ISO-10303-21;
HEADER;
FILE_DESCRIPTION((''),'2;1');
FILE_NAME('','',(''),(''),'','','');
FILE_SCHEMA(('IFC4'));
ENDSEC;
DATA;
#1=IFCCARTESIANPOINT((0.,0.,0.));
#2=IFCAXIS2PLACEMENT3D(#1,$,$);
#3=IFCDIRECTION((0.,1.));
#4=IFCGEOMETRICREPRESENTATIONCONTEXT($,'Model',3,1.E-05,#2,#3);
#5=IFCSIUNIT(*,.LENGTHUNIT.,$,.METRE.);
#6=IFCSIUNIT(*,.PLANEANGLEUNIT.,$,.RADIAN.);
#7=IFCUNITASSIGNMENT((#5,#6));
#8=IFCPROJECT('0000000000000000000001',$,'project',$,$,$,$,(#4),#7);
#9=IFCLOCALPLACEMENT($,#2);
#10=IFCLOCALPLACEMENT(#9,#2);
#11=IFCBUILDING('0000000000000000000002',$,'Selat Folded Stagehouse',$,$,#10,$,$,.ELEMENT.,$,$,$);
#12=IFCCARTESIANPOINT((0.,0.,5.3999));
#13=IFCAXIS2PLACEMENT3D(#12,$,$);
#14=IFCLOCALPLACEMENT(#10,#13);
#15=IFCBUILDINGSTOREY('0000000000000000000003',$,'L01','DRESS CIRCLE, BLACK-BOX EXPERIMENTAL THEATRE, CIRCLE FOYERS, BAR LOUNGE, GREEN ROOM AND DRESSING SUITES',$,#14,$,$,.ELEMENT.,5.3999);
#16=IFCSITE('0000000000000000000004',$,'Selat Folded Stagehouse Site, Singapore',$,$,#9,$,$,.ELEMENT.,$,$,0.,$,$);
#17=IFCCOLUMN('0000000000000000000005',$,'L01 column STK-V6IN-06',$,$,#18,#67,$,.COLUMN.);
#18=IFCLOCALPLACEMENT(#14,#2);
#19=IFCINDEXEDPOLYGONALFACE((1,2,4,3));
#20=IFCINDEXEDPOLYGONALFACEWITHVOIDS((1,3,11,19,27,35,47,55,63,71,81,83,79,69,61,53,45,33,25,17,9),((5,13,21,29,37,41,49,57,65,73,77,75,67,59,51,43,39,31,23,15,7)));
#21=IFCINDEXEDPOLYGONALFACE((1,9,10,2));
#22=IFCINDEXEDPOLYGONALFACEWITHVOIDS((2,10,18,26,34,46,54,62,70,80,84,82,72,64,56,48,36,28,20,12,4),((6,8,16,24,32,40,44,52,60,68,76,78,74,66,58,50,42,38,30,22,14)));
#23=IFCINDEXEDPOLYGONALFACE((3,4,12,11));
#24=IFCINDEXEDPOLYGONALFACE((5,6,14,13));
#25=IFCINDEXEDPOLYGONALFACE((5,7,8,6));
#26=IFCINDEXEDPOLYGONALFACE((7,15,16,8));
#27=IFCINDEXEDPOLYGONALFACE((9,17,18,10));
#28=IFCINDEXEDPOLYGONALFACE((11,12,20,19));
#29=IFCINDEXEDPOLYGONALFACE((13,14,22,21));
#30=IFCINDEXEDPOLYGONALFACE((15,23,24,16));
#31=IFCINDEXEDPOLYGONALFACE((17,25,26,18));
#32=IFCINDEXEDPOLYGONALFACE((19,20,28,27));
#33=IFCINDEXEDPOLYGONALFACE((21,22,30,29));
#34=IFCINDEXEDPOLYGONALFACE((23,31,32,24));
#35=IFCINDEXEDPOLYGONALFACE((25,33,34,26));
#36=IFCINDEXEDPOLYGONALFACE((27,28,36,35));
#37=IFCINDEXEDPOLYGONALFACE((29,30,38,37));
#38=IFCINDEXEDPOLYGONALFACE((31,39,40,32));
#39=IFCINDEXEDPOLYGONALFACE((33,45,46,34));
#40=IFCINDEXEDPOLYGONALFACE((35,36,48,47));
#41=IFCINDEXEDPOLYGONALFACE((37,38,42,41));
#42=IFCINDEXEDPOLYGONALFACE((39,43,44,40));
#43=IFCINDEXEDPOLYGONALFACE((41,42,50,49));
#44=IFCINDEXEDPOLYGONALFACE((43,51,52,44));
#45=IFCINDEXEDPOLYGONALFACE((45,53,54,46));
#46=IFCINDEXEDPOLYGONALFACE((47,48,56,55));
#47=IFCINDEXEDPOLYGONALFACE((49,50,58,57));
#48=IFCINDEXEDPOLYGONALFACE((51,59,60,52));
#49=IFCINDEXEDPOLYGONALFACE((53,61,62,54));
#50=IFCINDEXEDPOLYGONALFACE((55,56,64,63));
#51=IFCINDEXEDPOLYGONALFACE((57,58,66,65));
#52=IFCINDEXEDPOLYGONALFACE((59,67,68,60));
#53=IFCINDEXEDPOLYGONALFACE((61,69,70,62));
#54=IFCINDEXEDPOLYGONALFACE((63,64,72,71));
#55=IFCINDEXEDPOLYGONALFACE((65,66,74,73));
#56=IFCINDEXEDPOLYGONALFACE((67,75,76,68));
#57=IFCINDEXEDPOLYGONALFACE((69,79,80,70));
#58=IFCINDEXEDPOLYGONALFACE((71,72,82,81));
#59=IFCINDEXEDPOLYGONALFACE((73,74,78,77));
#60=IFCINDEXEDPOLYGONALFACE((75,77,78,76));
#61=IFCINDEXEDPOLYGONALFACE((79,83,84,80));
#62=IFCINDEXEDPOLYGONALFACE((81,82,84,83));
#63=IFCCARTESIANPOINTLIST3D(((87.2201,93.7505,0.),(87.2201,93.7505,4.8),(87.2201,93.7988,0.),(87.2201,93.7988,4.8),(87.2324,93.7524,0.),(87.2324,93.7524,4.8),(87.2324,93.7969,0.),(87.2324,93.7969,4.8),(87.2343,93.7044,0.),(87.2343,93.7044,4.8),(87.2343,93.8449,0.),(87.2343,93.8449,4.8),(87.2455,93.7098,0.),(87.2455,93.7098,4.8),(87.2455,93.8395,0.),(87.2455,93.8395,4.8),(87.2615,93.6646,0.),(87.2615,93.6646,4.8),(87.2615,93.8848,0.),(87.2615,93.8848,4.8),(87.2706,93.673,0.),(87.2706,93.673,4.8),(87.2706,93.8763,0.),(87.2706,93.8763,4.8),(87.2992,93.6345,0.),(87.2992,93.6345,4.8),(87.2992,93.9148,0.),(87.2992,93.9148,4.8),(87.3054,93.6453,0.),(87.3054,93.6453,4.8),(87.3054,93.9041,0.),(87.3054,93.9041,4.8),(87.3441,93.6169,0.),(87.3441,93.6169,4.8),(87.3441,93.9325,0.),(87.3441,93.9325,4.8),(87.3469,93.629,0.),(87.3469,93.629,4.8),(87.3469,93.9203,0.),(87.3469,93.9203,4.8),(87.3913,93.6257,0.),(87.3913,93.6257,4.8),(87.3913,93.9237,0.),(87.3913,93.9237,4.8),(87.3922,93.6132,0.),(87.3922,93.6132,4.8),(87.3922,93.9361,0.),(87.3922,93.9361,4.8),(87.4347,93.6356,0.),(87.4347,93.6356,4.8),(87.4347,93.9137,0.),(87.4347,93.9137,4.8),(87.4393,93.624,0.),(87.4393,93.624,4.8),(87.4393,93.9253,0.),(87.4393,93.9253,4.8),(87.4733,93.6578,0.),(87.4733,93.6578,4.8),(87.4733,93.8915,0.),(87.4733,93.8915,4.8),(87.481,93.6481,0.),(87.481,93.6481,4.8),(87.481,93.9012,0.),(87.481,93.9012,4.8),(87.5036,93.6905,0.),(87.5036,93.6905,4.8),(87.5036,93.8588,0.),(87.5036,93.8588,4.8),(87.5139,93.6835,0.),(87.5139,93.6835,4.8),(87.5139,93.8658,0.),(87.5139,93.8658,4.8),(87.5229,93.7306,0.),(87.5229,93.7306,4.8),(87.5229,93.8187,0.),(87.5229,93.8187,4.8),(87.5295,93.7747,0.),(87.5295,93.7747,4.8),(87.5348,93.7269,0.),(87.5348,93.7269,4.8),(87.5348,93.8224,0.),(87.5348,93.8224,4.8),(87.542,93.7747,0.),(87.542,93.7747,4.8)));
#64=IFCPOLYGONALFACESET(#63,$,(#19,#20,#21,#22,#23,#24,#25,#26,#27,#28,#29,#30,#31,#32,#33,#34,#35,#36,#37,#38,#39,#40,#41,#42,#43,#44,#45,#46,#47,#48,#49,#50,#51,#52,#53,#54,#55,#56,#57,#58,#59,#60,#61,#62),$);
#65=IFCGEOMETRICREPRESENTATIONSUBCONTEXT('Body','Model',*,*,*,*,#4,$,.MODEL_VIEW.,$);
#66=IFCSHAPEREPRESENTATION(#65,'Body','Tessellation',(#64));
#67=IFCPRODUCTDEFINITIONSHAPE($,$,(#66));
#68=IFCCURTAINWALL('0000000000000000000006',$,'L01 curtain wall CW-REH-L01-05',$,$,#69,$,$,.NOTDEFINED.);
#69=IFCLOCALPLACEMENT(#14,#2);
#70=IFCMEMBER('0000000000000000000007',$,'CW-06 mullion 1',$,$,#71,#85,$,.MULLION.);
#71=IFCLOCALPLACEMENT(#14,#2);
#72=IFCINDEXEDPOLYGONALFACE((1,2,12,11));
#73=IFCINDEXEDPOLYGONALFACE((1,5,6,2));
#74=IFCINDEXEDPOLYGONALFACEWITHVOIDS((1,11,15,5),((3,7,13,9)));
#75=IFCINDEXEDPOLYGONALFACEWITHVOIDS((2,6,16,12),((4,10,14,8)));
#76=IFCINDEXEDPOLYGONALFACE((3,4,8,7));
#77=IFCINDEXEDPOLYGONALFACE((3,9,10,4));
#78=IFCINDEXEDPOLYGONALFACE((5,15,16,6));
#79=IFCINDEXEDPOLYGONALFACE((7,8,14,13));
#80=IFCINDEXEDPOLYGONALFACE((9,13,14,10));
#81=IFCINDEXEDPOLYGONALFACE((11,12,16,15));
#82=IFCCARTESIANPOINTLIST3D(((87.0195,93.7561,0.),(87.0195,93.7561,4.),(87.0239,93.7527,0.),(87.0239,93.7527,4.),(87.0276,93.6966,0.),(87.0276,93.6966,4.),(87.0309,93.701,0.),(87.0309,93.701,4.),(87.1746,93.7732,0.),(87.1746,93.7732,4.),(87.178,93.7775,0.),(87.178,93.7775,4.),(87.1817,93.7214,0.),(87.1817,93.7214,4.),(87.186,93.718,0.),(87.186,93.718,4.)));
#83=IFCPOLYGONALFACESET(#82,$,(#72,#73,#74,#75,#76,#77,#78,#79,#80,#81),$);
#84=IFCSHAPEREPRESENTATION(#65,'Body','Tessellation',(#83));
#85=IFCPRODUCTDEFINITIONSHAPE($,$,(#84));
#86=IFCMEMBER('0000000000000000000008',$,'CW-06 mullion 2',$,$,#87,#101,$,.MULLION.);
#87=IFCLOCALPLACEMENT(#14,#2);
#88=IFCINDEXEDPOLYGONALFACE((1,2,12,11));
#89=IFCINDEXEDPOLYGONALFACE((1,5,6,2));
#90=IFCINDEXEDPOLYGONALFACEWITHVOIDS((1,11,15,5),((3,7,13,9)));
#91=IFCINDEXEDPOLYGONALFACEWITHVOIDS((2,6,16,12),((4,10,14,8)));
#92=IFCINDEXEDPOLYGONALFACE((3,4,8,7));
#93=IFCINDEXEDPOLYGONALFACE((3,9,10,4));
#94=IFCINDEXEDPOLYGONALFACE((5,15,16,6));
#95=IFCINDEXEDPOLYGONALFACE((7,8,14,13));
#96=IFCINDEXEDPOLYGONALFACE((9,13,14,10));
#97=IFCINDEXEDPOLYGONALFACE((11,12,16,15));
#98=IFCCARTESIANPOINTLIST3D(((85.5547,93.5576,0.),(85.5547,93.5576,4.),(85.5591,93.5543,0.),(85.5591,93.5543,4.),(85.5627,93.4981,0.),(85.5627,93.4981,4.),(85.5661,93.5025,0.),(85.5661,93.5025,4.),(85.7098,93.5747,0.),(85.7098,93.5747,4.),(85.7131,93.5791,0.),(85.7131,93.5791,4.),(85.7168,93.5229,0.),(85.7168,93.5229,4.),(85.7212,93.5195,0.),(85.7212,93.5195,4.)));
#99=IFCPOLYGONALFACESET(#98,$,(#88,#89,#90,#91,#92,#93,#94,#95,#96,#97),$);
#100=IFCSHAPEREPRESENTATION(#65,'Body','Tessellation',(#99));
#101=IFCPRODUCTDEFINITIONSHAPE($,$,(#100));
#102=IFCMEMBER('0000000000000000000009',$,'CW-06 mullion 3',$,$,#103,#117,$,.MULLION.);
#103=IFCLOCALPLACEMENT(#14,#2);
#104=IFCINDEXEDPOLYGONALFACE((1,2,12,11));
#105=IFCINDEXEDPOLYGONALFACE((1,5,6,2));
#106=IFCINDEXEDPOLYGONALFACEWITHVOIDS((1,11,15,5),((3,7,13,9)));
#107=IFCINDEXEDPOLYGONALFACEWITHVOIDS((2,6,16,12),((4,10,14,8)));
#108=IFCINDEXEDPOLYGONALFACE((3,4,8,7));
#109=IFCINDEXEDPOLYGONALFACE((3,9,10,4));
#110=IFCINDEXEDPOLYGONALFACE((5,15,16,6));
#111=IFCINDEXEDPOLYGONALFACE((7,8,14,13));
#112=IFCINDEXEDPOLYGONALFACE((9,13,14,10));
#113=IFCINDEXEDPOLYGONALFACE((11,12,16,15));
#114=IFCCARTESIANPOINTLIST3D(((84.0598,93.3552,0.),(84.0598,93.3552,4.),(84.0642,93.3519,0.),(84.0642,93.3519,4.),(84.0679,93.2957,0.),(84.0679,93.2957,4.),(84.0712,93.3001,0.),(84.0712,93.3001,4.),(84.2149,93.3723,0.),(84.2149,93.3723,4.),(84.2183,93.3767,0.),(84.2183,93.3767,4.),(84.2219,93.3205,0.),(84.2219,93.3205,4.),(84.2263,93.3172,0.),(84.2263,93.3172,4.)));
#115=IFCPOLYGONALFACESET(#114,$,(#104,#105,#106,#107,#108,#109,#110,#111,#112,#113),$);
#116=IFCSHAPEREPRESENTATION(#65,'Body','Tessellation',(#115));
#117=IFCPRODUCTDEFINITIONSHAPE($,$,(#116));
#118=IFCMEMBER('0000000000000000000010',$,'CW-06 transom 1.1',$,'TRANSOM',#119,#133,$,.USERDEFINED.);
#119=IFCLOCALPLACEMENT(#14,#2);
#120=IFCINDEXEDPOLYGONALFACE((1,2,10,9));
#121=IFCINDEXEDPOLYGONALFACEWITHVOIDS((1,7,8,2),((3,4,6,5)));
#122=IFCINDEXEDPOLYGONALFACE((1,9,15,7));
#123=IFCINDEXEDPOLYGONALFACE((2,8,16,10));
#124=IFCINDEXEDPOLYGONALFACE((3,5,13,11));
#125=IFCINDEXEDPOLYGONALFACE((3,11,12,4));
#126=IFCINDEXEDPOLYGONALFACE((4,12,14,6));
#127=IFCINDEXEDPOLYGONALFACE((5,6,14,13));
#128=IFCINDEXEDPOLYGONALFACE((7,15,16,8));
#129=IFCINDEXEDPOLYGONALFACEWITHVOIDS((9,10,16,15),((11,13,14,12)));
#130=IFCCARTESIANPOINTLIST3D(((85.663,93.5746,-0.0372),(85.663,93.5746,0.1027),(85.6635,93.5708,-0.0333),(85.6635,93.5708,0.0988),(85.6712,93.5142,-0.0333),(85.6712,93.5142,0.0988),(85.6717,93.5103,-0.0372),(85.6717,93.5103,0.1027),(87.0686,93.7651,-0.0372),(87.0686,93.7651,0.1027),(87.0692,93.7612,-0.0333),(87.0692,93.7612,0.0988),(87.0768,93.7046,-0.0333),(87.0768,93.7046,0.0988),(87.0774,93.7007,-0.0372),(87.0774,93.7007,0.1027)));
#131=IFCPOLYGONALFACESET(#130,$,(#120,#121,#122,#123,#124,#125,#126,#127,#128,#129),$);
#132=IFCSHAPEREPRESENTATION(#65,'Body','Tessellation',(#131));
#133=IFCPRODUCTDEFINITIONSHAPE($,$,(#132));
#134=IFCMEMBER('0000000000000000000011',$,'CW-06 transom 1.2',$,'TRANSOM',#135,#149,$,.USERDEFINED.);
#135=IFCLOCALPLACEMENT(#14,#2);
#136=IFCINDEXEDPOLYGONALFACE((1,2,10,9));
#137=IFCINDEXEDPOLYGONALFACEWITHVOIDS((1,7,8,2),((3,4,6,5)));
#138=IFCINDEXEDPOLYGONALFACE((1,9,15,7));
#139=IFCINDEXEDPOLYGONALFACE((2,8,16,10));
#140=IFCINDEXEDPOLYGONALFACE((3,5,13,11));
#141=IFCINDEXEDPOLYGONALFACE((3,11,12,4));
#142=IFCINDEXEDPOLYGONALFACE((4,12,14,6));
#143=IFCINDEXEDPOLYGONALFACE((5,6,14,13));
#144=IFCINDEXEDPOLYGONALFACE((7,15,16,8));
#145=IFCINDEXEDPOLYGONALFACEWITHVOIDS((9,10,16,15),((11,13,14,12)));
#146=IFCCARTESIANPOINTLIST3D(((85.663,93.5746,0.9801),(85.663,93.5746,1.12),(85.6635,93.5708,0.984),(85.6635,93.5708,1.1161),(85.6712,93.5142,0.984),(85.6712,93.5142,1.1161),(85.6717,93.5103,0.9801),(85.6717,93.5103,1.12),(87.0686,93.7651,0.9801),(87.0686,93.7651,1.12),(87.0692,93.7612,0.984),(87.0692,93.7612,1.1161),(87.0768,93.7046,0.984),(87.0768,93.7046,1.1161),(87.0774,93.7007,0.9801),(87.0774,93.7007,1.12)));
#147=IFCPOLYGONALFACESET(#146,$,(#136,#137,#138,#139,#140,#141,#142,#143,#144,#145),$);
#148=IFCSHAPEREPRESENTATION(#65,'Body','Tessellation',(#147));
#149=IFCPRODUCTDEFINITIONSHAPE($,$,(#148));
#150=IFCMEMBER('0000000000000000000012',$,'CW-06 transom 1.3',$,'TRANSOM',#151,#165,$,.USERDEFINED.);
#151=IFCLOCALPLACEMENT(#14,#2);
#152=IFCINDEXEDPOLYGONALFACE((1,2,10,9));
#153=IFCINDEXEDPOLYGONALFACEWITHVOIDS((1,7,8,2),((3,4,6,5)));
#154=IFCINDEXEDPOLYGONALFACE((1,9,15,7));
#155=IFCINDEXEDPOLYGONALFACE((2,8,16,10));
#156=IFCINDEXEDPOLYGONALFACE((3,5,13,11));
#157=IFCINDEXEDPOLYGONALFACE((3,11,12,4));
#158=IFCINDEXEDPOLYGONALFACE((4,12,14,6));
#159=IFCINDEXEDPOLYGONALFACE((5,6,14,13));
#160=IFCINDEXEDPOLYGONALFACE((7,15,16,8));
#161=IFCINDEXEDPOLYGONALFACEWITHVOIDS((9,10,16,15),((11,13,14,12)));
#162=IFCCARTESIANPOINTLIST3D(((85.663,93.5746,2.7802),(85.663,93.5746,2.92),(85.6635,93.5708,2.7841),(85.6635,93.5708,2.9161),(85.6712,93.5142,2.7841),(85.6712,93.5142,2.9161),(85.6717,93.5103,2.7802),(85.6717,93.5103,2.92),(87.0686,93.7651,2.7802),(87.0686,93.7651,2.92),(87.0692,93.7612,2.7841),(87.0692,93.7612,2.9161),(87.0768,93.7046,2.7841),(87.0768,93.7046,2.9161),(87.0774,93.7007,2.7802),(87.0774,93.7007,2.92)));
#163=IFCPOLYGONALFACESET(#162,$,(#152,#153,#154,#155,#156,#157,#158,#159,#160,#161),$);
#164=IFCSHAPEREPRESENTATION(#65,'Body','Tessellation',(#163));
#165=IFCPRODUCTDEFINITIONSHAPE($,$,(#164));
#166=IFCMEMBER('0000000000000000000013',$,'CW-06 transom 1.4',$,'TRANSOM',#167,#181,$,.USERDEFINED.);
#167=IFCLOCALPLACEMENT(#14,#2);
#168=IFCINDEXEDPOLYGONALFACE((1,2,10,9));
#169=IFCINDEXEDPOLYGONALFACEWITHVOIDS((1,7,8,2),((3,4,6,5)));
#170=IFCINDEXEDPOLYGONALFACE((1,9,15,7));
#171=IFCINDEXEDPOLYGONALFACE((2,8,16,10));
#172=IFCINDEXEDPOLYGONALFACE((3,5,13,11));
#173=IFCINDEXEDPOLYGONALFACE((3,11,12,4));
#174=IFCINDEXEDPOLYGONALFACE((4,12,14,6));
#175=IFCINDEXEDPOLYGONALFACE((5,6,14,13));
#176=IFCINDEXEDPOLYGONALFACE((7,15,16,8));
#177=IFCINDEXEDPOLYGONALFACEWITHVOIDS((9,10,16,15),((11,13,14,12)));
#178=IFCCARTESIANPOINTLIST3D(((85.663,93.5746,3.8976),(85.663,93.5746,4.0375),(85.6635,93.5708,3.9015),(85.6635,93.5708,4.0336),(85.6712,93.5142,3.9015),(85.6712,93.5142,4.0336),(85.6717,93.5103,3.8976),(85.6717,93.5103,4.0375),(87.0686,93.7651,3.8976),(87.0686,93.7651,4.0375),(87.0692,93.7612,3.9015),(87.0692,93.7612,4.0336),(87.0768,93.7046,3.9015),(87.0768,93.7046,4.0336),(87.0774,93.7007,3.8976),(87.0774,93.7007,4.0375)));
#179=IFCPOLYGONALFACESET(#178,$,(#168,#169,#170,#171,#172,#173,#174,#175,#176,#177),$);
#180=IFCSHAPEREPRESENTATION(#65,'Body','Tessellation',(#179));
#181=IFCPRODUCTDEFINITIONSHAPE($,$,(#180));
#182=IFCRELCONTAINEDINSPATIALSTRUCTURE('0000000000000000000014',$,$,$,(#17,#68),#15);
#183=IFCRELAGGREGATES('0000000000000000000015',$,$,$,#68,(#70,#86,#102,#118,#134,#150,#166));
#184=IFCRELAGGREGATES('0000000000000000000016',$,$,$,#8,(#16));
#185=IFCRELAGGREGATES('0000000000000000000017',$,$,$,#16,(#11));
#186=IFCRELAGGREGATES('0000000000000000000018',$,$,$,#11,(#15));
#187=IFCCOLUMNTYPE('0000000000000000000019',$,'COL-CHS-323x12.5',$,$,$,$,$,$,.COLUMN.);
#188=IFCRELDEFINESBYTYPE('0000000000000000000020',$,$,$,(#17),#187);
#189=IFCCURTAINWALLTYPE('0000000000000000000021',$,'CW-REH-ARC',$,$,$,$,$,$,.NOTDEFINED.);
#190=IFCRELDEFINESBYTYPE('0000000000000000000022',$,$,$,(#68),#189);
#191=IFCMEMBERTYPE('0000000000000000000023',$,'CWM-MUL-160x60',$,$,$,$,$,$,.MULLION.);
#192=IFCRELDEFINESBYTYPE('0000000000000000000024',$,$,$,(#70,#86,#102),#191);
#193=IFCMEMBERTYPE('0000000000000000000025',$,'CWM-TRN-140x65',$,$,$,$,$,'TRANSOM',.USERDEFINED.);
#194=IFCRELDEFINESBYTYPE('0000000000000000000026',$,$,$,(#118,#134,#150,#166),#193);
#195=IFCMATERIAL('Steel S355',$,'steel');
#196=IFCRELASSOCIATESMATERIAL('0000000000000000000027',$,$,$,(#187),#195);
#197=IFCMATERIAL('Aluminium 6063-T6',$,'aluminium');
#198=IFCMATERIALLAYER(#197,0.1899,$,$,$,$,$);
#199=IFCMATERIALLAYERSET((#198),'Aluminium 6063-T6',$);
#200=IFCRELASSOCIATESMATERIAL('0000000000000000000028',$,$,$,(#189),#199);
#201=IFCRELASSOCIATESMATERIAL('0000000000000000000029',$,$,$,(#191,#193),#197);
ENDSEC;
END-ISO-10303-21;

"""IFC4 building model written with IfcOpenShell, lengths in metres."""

from ifc_helpers import new_model, si_unit, direction, frame, origin, origin_2d, place, context, subcontext, project, spatial, hollow_rectangle, hollow_circle, extrude, material, layer, layer_set, material_profile, profile_set, type_object, element, aggregate, save


model = new_model("IFC4")

# Units and contexts
model_context = context("Model", 3, precision=1e-05, world=origin(), true_north=direction((0.0, 1.0)))
body_context = subcontext(model_context, "Body", "Model", "MODEL_VIEW")
ifc_project = project(units=[si_unit("LENGTHUNIT", "METRE"), si_unit("PLANEANGLEUNIT", "RADIAN")], contexts=[model_context])

# Site, building, storey
site_placement = place(None, origin())
site = spatial("IfcSite", under=ifc_project, at=site_placement, Name="Selat Folded Stagehouse Site, Singapore", CompositionType="ELEMENT", RefElevation=0.0)
building_placement = place(site_placement, origin())
building = spatial("IfcBuilding", under=site, at=building_placement, Name="Selat Folded Stagehouse", CompositionType="ELEMENT")
storey_placement = place(building_placement, frame((0.0, 0.0, 5.3999)))
storey = spatial("IfcBuildingStorey", under=building, at=storey_placement, Name="L01", Description="DRESS CIRCLE, BLACK-BOX EXPERIMENTAL THEATRE, CIRCLE FOYERS, BAR LOUNGE, GREEN ROOM AND DRESSING SUITES", CompositionType="ELEMENT", Elevation=5.3999)

# Column
ifc_material_1 = material(Name="Steel S355", Category="steel")
ifc_material_profile_1 = material_profile(ifc_material_1, hollow_circle(Radius=0.1619, WallThickness=0.0125, at=origin_2d()), Name="CHS 323.9x12.5")
ifc_profile_set_1 = profile_set([ifc_material_profile_1], Name="Steel S355")
column_type = type_object("IfcColumnType", Name="COL-CHS-323x12.5", PredefinedType="COLUMN", material=ifc_profile_set_1)
column_placement = place(storey_placement, frame((87.3801, 93.7747, 0.0), z_axis=(0.0, 0.0, 1.0), x_axis=(1.0, 0.0, 0.0)))
element("IfcColumn", 1, at=column_placement, inside=storey, type_object=column_type, Name="L01 column STK-V6IN-06", PredefinedType="COLUMN", context=body_context, shape_type="SweptSolid", body=[
    extrude(hollow_circle(Radius=0.1619, WallThickness=0.0125, at=origin_2d()), origin(), (0.0, 0.0, 1.0), 4.8),
])

# Curtain wall, members
ifc_material_2 = material(Name="Aluminium 6063-T6", Category="aluminium")
ifc_layer_1 = layer(ifc_material_2, 0.1899)
ifc_layer_set_1 = layer_set([ifc_layer_1], Name="Aluminium 6063-T6")
curtain_wall_type = type_object("IfcCurtainWallType", Name="CW-REH-ARC", PredefinedType="NOTDEFINED", material=ifc_layer_set_1)
curtain_wall_placement = place(storey_placement, origin())
curtain_wall = element("IfcCurtainWall", 2, at=curtain_wall_placement, inside=storey, type_object=curtain_wall_type, Name="L01 curtain wall CW-REH-L01-05", PredefinedType="NOTDEFINED")
ifc_material_profile_2 = material_profile(ifc_material_2, hollow_rectangle(XDim=0.0601, YDim=0.1599, WallThickness=0.0039, at=origin_2d()), Name="ALU 160x60x4.0")
ifc_profile_set_2 = profile_set([ifc_material_profile_2], Name="Aluminium 6063-T6")
member_type_1 = type_object("IfcMemberType", Name="CWM-MUL-160x60", PredefinedType="MULLION", material=ifc_profile_set_2)
member_1_placement = place(storey_placement, frame((87.1028, 93.7371, 0.0), z_axis=(0.0, 0.0, 1.0), x_axis=(0.134212, -0.990953, 0.0)))
member_1 = element("IfcMember", 3, at=member_1_placement, type_object=member_type_1, Name="CW-06 mullion 1", PredefinedType="MULLION", context=body_context, shape_type="SweptSolid", body=[
    extrude(hollow_rectangle(XDim=0.0601, YDim=0.1599, WallThickness=0.0039, at=origin_2d()), origin(), (0.0, 0.0, 1.0), 4.0),
])
member_2_placement = place(storey_placement, frame((85.6379, 93.5386, 0.0), z_axis=(0.0, 0.0, 1.0), x_axis=(0.134212, -0.990953, 0.0)))
member_2 = element("IfcMember", 4, at=member_2_placement, type_object=member_type_1, Name="CW-06 mullion 2", PredefinedType="MULLION", context=body_context, shape_type="SweptSolid", body=[
    extrude(hollow_rectangle(XDim=0.0601, YDim=0.1599, WallThickness=0.0039, at=origin_2d()), origin(), (0.0, 0.0, 1.0), 4.0),
])
member_3_placement = place(storey_placement, frame((84.1431, 93.3362, 0.0), z_axis=(0.0, 0.0, 1.0), x_axis=(0.134212, -0.990953, 0.0)))
member_3 = element("IfcMember", 5, at=member_3_placement, type_object=member_type_1, Name="CW-06 mullion 3", PredefinedType="MULLION", context=body_context, shape_type="SweptSolid", body=[
    extrude(hollow_rectangle(XDim=0.0601, YDim=0.1599, WallThickness=0.0039, at=origin_2d()), origin(), (0.0, 0.0, 1.0), 4.0),
])
ifc_material_profile_3 = material_profile(ifc_material_2, hollow_rectangle(XDim=0.0649, YDim=0.1399, WallThickness=0.0039, at=origin_2d()), Name="ALU 140x65x4.0")
ifc_profile_set_3 = profile_set([ifc_material_profile_3], Name="Aluminium 6063-T6")
member_type_2 = type_object("IfcMemberType", Name="CWM-TRN-140x65", ElementType="TRANSOM", PredefinedType="USERDEFINED", material=ifc_profile_set_3)
member_4_placement = place(storey_placement, frame((87.073, 93.7329, 0.0327), z_axis=(-0.990946, -0.134261, 0.0), x_axis=(0.134261, -0.990946, 0.0)))
member_4 = element("IfcMember", 6, at=member_4_placement, type_object=member_type_2, Name="CW-06 transom 1.1", ObjectType="TRANSOM", PredefinedType="USERDEFINED", context=body_context, shape_type="SweptSolid", body=[
    extrude(hollow_rectangle(XDim=0.0649, YDim=0.1399, WallThickness=0.0039, at=origin_2d()), origin(), (0.0, 0.0, 1.0), 1.4185),
])
member_5_placement = place(storey_placement, frame((87.073, 93.7329, 1.05), z_axis=(-0.990946, -0.134261, 0.0), x_axis=(0.134261, -0.990946, 0.0)))
member_5 = element("IfcMember", 7, at=member_5_placement, type_object=member_type_2, Name="CW-06 transom 1.2", ObjectType="TRANSOM", PredefinedType="USERDEFINED", context=body_context, shape_type="SweptSolid", body=[
    extrude(hollow_rectangle(XDim=0.0649, YDim=0.1399, WallThickness=0.0039, at=origin_2d()), origin(), (0.0, 0.0, 1.0), 1.4185),
])
member_6_placement = place(storey_placement, frame((87.073, 93.7329, 2.8501), z_axis=(-0.990946, -0.134261, 0.0), x_axis=(0.134261, -0.990946, 0.0)))
member_6 = element("IfcMember", 8, at=member_6_placement, type_object=member_type_2, Name="CW-06 transom 1.3", ObjectType="TRANSOM", PredefinedType="USERDEFINED", context=body_context, shape_type="SweptSolid", body=[
    extrude(hollow_rectangle(XDim=0.0649, YDim=0.1399, WallThickness=0.0039, at=origin_2d()), origin(), (0.0, 0.0, 1.0), 1.4185),
])
member_7_placement = place(storey_placement, frame((87.073, 93.7329, 3.9675), z_axis=(-0.990946, -0.134261, 0.0), x_axis=(0.134261, -0.990946, 0.0)))
member_7 = element("IfcMember", 9, at=member_7_placement, type_object=member_type_2, Name="CW-06 transom 1.4", ObjectType="TRANSOM", PredefinedType="USERDEFINED", context=body_context, shape_type="SweptSolid", body=[
    extrude(hollow_rectangle(XDim=0.0649, YDim=0.1399, WallThickness=0.0039, at=origin_2d()), origin(), (0.0, 0.0, 1.0), 1.4185),
])

aggregate(curtain_wall, [member_1, member_2, member_3, member_4, member_5, member_6, member_7])

save(model, "model.ifc")
